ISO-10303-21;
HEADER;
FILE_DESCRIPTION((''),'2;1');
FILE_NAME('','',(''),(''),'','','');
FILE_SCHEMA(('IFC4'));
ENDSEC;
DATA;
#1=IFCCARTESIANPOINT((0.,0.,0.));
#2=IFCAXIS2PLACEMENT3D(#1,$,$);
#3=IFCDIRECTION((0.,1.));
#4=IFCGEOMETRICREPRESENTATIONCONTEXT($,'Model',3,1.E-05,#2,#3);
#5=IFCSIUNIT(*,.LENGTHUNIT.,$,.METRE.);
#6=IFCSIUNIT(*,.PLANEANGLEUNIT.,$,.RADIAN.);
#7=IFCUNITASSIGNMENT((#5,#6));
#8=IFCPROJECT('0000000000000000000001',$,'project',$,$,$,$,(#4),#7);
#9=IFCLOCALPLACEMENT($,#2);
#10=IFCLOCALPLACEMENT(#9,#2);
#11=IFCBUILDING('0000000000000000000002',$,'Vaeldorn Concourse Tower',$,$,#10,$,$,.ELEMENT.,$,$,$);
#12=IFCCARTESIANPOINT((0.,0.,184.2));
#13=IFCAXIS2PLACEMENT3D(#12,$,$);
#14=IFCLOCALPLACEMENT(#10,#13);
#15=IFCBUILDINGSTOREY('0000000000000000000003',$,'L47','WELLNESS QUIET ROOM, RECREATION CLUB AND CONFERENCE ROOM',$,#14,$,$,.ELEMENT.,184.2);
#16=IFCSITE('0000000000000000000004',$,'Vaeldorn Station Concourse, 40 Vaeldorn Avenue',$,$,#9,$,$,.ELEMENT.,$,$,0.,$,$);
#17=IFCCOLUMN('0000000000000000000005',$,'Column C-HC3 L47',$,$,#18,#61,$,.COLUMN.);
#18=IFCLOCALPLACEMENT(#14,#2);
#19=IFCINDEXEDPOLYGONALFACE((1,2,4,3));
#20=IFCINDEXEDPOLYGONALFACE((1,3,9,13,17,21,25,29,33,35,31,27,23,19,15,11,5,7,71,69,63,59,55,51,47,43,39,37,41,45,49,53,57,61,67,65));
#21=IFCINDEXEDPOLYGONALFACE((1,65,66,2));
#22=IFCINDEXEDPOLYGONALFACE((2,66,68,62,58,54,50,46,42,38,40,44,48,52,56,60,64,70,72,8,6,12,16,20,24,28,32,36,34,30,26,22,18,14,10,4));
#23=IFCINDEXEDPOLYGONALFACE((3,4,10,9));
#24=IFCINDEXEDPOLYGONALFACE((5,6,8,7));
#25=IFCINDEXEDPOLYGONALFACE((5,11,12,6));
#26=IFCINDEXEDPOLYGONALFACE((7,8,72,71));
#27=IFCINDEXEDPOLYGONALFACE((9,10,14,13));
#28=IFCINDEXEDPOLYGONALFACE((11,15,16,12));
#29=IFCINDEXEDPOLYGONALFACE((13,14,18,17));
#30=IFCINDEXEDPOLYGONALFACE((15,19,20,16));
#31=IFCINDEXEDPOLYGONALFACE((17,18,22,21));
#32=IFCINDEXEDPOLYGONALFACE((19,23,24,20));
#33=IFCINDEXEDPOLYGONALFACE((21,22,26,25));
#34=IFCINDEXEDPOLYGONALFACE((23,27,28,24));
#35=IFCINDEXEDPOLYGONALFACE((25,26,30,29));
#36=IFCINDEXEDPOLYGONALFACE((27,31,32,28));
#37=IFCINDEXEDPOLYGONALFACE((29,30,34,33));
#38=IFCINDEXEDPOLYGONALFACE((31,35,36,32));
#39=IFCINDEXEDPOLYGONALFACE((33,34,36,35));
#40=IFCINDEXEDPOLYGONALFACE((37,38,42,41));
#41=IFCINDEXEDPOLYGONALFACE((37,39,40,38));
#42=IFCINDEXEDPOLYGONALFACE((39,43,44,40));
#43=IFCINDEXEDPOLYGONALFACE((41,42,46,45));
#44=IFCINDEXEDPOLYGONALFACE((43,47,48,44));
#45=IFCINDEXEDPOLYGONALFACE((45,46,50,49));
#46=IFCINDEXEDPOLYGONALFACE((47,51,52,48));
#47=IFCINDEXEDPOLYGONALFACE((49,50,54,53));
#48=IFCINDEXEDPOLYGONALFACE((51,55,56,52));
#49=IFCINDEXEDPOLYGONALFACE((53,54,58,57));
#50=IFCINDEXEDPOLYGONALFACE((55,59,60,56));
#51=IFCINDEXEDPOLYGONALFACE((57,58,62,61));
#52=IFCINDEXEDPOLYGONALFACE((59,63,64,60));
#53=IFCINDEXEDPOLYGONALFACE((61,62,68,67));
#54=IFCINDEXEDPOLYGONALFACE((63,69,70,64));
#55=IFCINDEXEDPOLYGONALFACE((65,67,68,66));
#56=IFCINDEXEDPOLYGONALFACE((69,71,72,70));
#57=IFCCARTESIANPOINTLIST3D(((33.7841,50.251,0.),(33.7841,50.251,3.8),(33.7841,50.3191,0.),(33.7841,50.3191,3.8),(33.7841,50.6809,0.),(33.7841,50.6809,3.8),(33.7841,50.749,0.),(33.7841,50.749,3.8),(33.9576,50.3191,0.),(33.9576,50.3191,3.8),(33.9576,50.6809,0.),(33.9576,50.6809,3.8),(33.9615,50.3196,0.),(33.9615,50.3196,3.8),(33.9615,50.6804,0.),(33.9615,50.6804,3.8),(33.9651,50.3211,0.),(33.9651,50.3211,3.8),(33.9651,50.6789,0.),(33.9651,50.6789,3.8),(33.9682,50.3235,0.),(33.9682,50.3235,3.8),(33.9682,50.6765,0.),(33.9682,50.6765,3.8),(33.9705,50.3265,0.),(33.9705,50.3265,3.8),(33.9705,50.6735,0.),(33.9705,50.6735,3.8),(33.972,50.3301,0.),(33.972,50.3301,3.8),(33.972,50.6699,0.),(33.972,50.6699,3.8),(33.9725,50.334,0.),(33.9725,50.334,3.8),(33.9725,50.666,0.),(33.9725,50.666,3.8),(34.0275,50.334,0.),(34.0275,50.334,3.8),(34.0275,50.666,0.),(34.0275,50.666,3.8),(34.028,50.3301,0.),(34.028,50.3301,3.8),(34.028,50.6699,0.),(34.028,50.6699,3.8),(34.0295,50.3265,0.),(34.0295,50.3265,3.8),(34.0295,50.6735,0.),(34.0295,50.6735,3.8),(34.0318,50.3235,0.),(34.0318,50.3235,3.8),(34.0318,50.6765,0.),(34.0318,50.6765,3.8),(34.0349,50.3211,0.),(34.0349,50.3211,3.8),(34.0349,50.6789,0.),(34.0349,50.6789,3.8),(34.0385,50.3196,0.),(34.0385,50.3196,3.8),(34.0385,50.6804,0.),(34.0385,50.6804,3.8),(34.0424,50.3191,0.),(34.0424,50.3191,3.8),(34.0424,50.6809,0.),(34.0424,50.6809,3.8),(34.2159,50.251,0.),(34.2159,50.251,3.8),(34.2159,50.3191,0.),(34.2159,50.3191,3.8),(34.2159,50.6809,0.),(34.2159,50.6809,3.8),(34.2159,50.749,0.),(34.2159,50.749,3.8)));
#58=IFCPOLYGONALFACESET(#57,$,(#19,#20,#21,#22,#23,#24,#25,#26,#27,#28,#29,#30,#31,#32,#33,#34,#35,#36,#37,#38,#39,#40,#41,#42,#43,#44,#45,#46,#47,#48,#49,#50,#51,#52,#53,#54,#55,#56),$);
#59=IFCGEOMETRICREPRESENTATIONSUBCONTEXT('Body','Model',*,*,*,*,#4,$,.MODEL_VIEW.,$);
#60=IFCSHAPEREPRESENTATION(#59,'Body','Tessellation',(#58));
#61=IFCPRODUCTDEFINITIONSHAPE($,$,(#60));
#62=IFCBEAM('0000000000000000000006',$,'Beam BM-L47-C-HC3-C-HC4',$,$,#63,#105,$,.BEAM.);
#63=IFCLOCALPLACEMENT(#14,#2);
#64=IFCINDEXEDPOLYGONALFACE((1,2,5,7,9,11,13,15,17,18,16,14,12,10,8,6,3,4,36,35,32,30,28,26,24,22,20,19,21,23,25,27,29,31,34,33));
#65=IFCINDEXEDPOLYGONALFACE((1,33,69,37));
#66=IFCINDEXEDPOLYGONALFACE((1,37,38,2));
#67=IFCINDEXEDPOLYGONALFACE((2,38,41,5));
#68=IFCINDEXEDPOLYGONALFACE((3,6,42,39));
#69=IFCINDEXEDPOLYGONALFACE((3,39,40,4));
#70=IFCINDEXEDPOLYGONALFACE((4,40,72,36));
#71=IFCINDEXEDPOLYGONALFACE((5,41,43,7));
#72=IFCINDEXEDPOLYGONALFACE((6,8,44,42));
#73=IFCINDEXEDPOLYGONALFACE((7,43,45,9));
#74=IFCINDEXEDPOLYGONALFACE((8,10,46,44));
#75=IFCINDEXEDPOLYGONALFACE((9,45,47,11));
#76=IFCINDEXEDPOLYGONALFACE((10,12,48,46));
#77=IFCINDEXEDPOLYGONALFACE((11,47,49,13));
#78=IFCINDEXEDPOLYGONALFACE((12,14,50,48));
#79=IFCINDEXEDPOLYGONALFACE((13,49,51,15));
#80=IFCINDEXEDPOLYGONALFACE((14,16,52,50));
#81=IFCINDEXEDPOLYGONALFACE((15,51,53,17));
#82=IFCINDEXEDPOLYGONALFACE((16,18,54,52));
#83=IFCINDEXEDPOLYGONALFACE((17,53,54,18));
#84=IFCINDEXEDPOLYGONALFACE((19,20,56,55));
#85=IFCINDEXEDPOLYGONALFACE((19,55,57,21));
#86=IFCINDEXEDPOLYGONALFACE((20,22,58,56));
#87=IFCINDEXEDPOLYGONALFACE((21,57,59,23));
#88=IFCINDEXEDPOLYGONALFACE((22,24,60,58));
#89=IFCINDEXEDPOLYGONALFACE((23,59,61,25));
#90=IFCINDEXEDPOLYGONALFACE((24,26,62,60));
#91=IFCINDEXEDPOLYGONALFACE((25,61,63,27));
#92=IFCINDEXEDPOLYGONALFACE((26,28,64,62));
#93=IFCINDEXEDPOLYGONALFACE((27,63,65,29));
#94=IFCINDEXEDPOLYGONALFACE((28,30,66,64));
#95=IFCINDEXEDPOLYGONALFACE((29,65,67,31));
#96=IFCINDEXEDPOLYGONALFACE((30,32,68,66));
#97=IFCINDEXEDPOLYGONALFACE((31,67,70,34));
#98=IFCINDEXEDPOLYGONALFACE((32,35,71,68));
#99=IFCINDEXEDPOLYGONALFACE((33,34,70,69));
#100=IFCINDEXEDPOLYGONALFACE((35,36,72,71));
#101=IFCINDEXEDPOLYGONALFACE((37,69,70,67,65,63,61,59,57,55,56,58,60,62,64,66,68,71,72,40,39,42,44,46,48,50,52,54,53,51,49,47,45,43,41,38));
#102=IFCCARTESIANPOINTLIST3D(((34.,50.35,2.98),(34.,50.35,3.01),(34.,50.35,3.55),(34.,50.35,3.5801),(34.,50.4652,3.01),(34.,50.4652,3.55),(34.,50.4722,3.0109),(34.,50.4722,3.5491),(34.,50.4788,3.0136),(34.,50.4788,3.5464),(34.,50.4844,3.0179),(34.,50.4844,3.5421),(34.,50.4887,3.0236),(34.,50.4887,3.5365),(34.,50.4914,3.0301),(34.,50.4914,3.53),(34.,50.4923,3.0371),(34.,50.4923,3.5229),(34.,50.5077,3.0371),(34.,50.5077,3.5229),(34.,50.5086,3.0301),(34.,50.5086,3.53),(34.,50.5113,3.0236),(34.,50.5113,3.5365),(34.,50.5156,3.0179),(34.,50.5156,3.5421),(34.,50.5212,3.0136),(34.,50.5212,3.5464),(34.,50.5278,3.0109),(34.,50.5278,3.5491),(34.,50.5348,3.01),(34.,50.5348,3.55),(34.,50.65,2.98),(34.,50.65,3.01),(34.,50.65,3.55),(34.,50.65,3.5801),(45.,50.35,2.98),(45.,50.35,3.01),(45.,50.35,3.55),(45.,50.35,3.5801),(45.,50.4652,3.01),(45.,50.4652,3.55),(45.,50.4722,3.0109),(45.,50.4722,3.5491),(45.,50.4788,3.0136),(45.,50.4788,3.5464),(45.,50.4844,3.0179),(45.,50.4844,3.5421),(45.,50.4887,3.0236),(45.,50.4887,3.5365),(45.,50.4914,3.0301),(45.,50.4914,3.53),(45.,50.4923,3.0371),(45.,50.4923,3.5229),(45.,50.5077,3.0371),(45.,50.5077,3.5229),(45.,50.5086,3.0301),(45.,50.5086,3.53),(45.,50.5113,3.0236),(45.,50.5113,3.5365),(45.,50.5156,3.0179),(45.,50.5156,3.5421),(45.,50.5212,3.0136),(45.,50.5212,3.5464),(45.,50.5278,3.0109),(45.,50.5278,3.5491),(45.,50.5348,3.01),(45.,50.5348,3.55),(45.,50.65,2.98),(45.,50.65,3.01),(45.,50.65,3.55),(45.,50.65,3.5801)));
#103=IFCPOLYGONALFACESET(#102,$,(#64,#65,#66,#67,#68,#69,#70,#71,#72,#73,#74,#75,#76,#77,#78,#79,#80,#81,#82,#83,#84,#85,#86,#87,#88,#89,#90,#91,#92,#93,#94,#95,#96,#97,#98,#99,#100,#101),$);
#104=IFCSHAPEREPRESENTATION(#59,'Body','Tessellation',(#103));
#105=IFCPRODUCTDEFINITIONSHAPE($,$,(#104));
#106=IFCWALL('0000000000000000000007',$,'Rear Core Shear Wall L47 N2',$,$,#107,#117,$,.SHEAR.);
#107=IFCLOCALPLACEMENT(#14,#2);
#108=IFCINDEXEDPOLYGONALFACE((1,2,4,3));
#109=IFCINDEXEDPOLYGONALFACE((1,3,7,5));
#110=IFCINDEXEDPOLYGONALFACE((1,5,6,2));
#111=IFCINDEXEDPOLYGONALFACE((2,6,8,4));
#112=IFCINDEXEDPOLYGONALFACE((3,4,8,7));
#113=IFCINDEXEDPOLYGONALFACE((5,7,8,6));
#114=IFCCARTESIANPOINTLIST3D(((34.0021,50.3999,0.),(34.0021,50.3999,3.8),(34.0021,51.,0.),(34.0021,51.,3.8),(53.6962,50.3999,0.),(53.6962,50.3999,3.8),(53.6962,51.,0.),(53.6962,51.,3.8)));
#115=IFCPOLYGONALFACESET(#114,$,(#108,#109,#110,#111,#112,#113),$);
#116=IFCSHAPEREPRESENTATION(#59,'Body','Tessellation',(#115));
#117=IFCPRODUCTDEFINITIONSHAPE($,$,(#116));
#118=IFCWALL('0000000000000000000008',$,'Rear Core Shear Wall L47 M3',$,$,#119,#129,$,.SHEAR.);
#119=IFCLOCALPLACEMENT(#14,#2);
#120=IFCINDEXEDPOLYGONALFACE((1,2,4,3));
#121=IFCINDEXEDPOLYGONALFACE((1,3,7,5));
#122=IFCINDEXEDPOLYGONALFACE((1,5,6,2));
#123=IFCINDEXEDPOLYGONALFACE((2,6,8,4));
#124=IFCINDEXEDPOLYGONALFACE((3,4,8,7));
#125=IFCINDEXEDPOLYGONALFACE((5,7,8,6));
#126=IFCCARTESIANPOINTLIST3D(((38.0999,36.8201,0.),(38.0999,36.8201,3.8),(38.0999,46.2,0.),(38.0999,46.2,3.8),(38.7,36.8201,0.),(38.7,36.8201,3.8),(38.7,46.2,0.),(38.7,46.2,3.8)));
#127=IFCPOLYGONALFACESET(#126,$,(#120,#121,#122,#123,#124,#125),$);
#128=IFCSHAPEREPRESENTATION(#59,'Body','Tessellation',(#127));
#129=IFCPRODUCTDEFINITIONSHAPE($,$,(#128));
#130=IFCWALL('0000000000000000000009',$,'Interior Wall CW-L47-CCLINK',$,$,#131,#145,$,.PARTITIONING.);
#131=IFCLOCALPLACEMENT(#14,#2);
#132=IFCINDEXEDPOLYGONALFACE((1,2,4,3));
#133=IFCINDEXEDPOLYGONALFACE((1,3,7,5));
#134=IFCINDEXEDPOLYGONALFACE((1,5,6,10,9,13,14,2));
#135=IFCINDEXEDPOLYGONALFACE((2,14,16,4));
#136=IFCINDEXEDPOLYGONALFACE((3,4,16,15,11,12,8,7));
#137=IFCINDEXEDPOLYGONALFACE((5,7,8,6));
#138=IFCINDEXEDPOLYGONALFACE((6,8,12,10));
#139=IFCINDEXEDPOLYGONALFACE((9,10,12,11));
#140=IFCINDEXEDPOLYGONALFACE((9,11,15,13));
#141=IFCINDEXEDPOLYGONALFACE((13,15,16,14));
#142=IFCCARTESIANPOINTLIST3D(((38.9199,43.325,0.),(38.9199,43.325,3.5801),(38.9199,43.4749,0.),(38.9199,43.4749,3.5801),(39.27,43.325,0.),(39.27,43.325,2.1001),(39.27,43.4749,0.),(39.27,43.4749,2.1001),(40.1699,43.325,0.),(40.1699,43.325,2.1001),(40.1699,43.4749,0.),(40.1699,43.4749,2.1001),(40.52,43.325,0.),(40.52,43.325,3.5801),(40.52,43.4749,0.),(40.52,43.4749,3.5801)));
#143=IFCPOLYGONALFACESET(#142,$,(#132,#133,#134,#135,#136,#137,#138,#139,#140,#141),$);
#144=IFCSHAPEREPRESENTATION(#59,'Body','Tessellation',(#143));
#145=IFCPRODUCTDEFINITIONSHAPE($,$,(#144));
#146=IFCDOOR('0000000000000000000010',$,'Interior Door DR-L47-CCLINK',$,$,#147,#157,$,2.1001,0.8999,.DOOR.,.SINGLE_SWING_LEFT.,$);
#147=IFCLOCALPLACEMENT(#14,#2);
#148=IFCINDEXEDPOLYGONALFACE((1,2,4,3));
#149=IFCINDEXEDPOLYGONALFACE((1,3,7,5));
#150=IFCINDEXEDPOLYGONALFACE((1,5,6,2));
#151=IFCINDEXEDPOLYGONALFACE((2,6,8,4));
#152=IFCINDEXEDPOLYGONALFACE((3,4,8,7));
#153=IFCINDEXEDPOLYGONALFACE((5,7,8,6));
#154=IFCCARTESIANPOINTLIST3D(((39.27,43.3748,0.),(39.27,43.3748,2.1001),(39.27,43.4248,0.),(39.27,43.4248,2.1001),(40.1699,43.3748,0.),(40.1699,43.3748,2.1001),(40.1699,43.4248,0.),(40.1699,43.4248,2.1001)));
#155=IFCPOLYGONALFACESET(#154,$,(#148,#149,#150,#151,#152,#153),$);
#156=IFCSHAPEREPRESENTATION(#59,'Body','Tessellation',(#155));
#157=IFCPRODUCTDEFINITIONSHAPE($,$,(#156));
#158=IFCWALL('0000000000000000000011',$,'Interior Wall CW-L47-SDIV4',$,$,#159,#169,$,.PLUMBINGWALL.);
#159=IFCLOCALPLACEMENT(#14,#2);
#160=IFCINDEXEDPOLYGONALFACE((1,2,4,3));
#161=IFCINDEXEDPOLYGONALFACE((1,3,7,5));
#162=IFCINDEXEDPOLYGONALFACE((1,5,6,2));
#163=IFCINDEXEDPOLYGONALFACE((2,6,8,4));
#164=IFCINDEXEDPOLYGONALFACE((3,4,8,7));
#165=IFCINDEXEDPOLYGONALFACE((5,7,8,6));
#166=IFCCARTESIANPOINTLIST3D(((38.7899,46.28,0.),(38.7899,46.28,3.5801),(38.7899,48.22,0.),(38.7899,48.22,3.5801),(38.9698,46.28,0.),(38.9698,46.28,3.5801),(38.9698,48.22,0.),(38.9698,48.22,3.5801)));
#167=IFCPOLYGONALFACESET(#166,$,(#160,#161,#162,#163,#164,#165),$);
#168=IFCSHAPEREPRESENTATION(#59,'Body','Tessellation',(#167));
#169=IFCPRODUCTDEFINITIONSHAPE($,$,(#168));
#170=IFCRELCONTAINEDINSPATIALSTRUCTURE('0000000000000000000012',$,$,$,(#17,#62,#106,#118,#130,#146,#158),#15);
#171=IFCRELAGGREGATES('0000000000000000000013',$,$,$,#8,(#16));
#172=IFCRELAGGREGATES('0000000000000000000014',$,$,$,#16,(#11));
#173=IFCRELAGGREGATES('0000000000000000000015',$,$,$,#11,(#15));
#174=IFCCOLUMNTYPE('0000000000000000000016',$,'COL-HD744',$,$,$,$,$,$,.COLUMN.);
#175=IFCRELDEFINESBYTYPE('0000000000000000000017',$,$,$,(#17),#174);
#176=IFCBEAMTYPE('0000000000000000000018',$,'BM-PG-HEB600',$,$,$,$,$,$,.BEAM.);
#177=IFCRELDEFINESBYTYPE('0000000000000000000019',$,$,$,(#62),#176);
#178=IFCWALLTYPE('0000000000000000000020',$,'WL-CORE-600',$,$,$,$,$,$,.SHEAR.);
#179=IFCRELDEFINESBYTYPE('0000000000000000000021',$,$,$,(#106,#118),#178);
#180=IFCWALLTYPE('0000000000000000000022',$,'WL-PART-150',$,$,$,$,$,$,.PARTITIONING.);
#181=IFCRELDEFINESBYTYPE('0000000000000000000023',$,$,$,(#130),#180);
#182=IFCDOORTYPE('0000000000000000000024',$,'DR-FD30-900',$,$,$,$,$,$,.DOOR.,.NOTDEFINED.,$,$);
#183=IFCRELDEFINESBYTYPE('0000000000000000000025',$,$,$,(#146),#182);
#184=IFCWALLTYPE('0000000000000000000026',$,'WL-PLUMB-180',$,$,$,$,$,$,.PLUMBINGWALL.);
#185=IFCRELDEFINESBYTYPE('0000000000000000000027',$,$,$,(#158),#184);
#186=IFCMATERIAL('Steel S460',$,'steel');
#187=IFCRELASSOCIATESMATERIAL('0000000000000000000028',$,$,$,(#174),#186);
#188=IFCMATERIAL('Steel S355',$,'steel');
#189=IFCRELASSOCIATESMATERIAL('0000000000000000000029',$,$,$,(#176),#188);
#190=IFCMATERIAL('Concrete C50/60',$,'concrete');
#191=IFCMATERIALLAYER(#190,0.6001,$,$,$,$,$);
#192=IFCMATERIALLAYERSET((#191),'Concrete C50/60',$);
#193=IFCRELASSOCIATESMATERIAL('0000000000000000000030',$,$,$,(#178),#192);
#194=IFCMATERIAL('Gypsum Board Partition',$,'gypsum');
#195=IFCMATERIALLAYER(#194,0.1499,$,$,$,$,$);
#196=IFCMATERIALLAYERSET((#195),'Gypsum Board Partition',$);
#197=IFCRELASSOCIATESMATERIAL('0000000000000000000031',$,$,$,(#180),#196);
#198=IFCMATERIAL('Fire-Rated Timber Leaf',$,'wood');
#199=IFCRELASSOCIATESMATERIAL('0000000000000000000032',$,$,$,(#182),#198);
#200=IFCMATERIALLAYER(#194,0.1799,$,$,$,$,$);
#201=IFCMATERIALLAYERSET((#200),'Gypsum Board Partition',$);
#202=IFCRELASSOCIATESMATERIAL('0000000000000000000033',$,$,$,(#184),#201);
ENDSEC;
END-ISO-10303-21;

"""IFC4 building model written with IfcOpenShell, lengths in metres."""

from ifc_helpers import new_model, si_unit, direction, frame, frame_2d, origin, origin_2d, place, context, subcontext, project, spatial, rectangle, i_section, extrude, source, transform, mapped, material, layer, layer_set, material_profile, profile_set, type_object, element, fill, save


model = new_model("IFC4")

# Units and contexts
model_context = context("Model", 3, precision=1e-05, world=origin(), true_north=direction((0.0, 1.0)))
body_context = subcontext(model_context, "Body", "Model", "MODEL_VIEW")
ifc_project = project(units=[si_unit("LENGTHUNIT", "METRE"), si_unit("PLANEANGLEUNIT", "RADIAN")], contexts=[model_context])

# Site, building, storey
site_placement = place(None, origin())
site = spatial("IfcSite", under=ifc_project, at=site_placement, Name="Vaeldorn Station Concourse, 40 Vaeldorn Avenue", CompositionType="ELEMENT", RefElevation=0.0)
building_placement = place(site_placement, origin())
building = spatial("IfcBuilding", under=site, at=building_placement, Name="Vaeldorn Concourse Tower", CompositionType="ELEMENT")
storey_placement = place(building_placement, frame((0.0, 0.0, 184.2)))
storey = spatial("IfcBuildingStorey", under=building, at=storey_placement, Name="L47", Description="WELLNESS QUIET ROOM, RECREATION CLUB AND CONFERENCE ROOM", CompositionType="ELEMENT", Elevation=184.2)

# Column
ifc_material_1 = material(Name="Steel S460", Category="steel")
ifc_material_profile_1 = material_profile(ifc_material_1, i_section(OverallWidth=0.4319, OverallDepth=0.498, WebThickness=0.0549, FlangeThickness=0.0681, FilletRadius=0.0149, at=origin_2d()), Name="HD 400x744")
ifc_profile_set_1 = profile_set([ifc_material_profile_1], Name="Steel S460")
column_type = type_object("IfcColumnType", Name="COL-HD744", PredefinedType="COLUMN", material=ifc_profile_set_1)
shared_shape_1 = source(origin(), body_context, "Body", "SweptSolid", [
    extrude(i_section(OverallWidth=0.4319, OverallDepth=0.498, WebThickness=0.0549, FlangeThickness=0.0681, FilletRadius=0.0149, at=origin_2d()), origin(), (0.0, 0.0, 1.0), 3.8),
])
column_placement = place(storey_placement, frame((34.0, 50.5, 0.0), z_axis=(0.0, 0.0, 1.0), x_axis=(1.0, 0.0, 0.0)))
element("IfcColumn", 1, at=column_placement, inside=storey, type_object=column_type, Name="Column C-HC3 L47", PredefinedType="COLUMN", context=body_context, shape_type="MappedRepresentation", body=[
    mapped(shared_shape_1, transform((0.0, 0.0, 0.0), scale=1.0)),
])

# Beam
ifc_material_2 = material(Name="Steel S355", Category="steel")
ifc_material_profile_2 = material_profile(ifc_material_2, i_section(OverallWidth=0.3, OverallDepth=0.6001, WebThickness=0.0154, FlangeThickness=0.03, FilletRadius=0.0271, at=origin_2d()), Name="HEB 600")
ifc_profile_set_2 = profile_set([ifc_material_profile_2], Name="Steel S355")
beam_type = type_object("IfcBeamType", Name="BM-PG-HEB600", PredefinedType="BEAM", material=ifc_profile_set_2)
shared_shape_2 = source(origin(), body_context, "Body", "SweptSolid", [
    extrude(i_section(OverallWidth=0.3, OverallDepth=0.6001, WebThickness=0.0154, FlangeThickness=0.03, FilletRadius=0.0271, at=origin_2d()), origin(), (0.0, 0.0, 1.0), 11.0),
])
beam_placement = place(storey_placement, frame((34.0, 50.5, 3.28), z_axis=(1.0, 0.0, 0.0), x_axis=(0.0, 1.0, 0.0)))
element("IfcBeam", 2, at=beam_placement, inside=storey, type_object=beam_type, Name="Beam BM-L47-C-HC3-C-HC4", PredefinedType="BEAM", context=body_context, shape_type="MappedRepresentation", body=[
    mapped(shared_shape_2, transform((0.0, 0.0, 0.0), scale=1.0)),
])

# Walls
ifc_material_3 = material(Name="Concrete C50/60", Category="concrete")
ifc_layer_1 = layer(ifc_material_3, 0.6001)
ifc_layer_set_1 = layer_set([ifc_layer_1], Name="Concrete C50/60")
wall_type_1 = type_object("IfcWallType", Name="WL-CORE-600", PredefinedType="SHEAR", material=ifc_layer_set_1)
wall_1_placement = place(storey_placement, frame((34.002, 50.7, 0.0), z_axis=(0.0, 0.0, 1.0), x_axis=(1.0, 0.0, 0.0)))
element("IfcWall", 3, at=wall_1_placement, inside=storey, type_object=wall_type_1, Name="Rear Core Shear Wall L47 N2", PredefinedType="SHEAR", context=body_context, shape_type="SweptSolid", body=[
    extrude(rectangle(XDim=19.6941, YDim=0.6001, at=frame_2d((9.8472, 0.0))), origin(), (0.0, 0.0, 1.0), 3.8),
])
wall_2_placement = place(storey_placement, frame((38.3999, 36.8201, 0.0), z_axis=(0.0, 0.0, 1.0), x_axis=(0.0, 1.0, 0.0)))
element("IfcWall", 4, at=wall_2_placement, inside=storey, type_object=wall_type_1, Name="Rear Core Shear Wall L47 M3", PredefinedType="SHEAR", context=body_context, shape_type="SweptSolid", body=[
    extrude(rectangle(XDim=9.3799, YDim=0.6001, at=frame_2d((4.6899, 0.0))), origin(), (0.0, 0.0, 1.0), 3.8),
])

# Wall, opening, door
ifc_material_4 = material(Name="Gypsum Board Partition", Category="gypsum")
ifc_layer_2 = layer(ifc_material_4, 0.1499)
ifc_layer_set_2 = layer_set([ifc_layer_2], Name="Gypsum Board Partition")
wall_type_2 = type_object("IfcWallType", Name="WL-PART-150", PredefinedType="PARTITIONING", material=ifc_layer_set_2)
wall_3_placement = place(storey_placement, frame((38.9199, 43.3999, 0.0), z_axis=(0.0, 0.0, 1.0), x_axis=(1.0, 0.0, 0.0)))
wall_3 = element("IfcWall", 5, at=wall_3_placement, inside=storey, type_object=wall_type_2, Name="Interior Wall CW-L47-CCLINK", PredefinedType="PARTITIONING", context=body_context, shape_type="SweptSolid", body=[
    extrude(rectangle(XDim=1.6001, YDim=0.1499, at=frame_2d((0.8, 0.0))), origin(), (0.0, 0.0, 1.0), 3.5801),
])
opening_1_placement = place(wall_3_placement, frame((0.3501, 0.0, 0.0)))
opening_1 = element("IfcOpeningElement", 6, at=opening_1_placement, cuts=wall_3, PredefinedType="OPENING", context=body_context, shape_type="SweptSolid", body=[
    extrude(rectangle(XDim=0.8999, YDim=2.1001, at=frame_2d((0.45, 1.05))), frame((0.0, 0.085, 0.0), z_axis=(0.0, -1.0, 0.0), x_axis=(1.0, 0.0, 0.0)), (0.0, 0.0, 1.0), 0.1699),
])
ifc_material_5 = material(Name="Fire-Rated Timber Leaf", Category="wood")
door_type_1 = type_object("IfcDoorType", Name="DR-FD30-900", OperationType="NOTDEFINED", PredefinedType="DOOR", material=ifc_material_5)
shared_shape_3 = source(origin(), body_context, "Body", "SweptSolid", [
    extrude(rectangle(XDim=0.8999, YDim=2.1001, at=frame_2d((0.45, 1.05))), frame((0.0, 0.0249, 0.0), z_axis=(0.0, -1.0, 0.0), x_axis=(1.0, 0.0, 0.0)), (0.0, 0.0, 1.0), 0.05),
])
door_1_placement = place(opening_1_placement, origin())
door_1 = element("IfcDoor", 7, at=door_1_placement, inside=storey, type_object=door_type_1, Name="Interior Door DR-L47-CCLINK", OperationType="SINGLE_SWING_LEFT", OverallHeight=2.1001, OverallWidth=0.8999, PredefinedType="DOOR", context=body_context, shape_type="MappedRepresentation", body=[
    mapped(shared_shape_3, transform((0.0, 0.0, 0.0), scale=1.0)),
])
fill(opening_1, door_1)

# Wall
ifc_layer_3 = layer(ifc_material_4, 0.1799)
ifc_layer_set_3 = layer_set([ifc_layer_3], Name="Gypsum Board Partition")
wall_type_3 = type_object("IfcWallType", Name="WL-PLUMB-180", PredefinedType="PLUMBINGWALL", material=ifc_layer_set_3)
wall_4_placement = place(storey_placement, frame((38.8799, 46.28, 0.0), z_axis=(0.0, 0.0, 1.0), x_axis=(0.0, 1.0, 0.0)))
element("IfcWall", 8, at=wall_4_placement, inside=storey, type_object=wall_type_3, Name="Interior Wall CW-L47-SDIV4", PredefinedType="PLUMBINGWALL", context=body_context, shape_type="SweptSolid", body=[
    extrude(rectangle(XDim=1.9399, YDim=0.1799, at=frame_2d((0.97, 0.0))), origin(), (0.0, 0.0, 1.0), 3.5801),
])

save(model, "model.ifc")
